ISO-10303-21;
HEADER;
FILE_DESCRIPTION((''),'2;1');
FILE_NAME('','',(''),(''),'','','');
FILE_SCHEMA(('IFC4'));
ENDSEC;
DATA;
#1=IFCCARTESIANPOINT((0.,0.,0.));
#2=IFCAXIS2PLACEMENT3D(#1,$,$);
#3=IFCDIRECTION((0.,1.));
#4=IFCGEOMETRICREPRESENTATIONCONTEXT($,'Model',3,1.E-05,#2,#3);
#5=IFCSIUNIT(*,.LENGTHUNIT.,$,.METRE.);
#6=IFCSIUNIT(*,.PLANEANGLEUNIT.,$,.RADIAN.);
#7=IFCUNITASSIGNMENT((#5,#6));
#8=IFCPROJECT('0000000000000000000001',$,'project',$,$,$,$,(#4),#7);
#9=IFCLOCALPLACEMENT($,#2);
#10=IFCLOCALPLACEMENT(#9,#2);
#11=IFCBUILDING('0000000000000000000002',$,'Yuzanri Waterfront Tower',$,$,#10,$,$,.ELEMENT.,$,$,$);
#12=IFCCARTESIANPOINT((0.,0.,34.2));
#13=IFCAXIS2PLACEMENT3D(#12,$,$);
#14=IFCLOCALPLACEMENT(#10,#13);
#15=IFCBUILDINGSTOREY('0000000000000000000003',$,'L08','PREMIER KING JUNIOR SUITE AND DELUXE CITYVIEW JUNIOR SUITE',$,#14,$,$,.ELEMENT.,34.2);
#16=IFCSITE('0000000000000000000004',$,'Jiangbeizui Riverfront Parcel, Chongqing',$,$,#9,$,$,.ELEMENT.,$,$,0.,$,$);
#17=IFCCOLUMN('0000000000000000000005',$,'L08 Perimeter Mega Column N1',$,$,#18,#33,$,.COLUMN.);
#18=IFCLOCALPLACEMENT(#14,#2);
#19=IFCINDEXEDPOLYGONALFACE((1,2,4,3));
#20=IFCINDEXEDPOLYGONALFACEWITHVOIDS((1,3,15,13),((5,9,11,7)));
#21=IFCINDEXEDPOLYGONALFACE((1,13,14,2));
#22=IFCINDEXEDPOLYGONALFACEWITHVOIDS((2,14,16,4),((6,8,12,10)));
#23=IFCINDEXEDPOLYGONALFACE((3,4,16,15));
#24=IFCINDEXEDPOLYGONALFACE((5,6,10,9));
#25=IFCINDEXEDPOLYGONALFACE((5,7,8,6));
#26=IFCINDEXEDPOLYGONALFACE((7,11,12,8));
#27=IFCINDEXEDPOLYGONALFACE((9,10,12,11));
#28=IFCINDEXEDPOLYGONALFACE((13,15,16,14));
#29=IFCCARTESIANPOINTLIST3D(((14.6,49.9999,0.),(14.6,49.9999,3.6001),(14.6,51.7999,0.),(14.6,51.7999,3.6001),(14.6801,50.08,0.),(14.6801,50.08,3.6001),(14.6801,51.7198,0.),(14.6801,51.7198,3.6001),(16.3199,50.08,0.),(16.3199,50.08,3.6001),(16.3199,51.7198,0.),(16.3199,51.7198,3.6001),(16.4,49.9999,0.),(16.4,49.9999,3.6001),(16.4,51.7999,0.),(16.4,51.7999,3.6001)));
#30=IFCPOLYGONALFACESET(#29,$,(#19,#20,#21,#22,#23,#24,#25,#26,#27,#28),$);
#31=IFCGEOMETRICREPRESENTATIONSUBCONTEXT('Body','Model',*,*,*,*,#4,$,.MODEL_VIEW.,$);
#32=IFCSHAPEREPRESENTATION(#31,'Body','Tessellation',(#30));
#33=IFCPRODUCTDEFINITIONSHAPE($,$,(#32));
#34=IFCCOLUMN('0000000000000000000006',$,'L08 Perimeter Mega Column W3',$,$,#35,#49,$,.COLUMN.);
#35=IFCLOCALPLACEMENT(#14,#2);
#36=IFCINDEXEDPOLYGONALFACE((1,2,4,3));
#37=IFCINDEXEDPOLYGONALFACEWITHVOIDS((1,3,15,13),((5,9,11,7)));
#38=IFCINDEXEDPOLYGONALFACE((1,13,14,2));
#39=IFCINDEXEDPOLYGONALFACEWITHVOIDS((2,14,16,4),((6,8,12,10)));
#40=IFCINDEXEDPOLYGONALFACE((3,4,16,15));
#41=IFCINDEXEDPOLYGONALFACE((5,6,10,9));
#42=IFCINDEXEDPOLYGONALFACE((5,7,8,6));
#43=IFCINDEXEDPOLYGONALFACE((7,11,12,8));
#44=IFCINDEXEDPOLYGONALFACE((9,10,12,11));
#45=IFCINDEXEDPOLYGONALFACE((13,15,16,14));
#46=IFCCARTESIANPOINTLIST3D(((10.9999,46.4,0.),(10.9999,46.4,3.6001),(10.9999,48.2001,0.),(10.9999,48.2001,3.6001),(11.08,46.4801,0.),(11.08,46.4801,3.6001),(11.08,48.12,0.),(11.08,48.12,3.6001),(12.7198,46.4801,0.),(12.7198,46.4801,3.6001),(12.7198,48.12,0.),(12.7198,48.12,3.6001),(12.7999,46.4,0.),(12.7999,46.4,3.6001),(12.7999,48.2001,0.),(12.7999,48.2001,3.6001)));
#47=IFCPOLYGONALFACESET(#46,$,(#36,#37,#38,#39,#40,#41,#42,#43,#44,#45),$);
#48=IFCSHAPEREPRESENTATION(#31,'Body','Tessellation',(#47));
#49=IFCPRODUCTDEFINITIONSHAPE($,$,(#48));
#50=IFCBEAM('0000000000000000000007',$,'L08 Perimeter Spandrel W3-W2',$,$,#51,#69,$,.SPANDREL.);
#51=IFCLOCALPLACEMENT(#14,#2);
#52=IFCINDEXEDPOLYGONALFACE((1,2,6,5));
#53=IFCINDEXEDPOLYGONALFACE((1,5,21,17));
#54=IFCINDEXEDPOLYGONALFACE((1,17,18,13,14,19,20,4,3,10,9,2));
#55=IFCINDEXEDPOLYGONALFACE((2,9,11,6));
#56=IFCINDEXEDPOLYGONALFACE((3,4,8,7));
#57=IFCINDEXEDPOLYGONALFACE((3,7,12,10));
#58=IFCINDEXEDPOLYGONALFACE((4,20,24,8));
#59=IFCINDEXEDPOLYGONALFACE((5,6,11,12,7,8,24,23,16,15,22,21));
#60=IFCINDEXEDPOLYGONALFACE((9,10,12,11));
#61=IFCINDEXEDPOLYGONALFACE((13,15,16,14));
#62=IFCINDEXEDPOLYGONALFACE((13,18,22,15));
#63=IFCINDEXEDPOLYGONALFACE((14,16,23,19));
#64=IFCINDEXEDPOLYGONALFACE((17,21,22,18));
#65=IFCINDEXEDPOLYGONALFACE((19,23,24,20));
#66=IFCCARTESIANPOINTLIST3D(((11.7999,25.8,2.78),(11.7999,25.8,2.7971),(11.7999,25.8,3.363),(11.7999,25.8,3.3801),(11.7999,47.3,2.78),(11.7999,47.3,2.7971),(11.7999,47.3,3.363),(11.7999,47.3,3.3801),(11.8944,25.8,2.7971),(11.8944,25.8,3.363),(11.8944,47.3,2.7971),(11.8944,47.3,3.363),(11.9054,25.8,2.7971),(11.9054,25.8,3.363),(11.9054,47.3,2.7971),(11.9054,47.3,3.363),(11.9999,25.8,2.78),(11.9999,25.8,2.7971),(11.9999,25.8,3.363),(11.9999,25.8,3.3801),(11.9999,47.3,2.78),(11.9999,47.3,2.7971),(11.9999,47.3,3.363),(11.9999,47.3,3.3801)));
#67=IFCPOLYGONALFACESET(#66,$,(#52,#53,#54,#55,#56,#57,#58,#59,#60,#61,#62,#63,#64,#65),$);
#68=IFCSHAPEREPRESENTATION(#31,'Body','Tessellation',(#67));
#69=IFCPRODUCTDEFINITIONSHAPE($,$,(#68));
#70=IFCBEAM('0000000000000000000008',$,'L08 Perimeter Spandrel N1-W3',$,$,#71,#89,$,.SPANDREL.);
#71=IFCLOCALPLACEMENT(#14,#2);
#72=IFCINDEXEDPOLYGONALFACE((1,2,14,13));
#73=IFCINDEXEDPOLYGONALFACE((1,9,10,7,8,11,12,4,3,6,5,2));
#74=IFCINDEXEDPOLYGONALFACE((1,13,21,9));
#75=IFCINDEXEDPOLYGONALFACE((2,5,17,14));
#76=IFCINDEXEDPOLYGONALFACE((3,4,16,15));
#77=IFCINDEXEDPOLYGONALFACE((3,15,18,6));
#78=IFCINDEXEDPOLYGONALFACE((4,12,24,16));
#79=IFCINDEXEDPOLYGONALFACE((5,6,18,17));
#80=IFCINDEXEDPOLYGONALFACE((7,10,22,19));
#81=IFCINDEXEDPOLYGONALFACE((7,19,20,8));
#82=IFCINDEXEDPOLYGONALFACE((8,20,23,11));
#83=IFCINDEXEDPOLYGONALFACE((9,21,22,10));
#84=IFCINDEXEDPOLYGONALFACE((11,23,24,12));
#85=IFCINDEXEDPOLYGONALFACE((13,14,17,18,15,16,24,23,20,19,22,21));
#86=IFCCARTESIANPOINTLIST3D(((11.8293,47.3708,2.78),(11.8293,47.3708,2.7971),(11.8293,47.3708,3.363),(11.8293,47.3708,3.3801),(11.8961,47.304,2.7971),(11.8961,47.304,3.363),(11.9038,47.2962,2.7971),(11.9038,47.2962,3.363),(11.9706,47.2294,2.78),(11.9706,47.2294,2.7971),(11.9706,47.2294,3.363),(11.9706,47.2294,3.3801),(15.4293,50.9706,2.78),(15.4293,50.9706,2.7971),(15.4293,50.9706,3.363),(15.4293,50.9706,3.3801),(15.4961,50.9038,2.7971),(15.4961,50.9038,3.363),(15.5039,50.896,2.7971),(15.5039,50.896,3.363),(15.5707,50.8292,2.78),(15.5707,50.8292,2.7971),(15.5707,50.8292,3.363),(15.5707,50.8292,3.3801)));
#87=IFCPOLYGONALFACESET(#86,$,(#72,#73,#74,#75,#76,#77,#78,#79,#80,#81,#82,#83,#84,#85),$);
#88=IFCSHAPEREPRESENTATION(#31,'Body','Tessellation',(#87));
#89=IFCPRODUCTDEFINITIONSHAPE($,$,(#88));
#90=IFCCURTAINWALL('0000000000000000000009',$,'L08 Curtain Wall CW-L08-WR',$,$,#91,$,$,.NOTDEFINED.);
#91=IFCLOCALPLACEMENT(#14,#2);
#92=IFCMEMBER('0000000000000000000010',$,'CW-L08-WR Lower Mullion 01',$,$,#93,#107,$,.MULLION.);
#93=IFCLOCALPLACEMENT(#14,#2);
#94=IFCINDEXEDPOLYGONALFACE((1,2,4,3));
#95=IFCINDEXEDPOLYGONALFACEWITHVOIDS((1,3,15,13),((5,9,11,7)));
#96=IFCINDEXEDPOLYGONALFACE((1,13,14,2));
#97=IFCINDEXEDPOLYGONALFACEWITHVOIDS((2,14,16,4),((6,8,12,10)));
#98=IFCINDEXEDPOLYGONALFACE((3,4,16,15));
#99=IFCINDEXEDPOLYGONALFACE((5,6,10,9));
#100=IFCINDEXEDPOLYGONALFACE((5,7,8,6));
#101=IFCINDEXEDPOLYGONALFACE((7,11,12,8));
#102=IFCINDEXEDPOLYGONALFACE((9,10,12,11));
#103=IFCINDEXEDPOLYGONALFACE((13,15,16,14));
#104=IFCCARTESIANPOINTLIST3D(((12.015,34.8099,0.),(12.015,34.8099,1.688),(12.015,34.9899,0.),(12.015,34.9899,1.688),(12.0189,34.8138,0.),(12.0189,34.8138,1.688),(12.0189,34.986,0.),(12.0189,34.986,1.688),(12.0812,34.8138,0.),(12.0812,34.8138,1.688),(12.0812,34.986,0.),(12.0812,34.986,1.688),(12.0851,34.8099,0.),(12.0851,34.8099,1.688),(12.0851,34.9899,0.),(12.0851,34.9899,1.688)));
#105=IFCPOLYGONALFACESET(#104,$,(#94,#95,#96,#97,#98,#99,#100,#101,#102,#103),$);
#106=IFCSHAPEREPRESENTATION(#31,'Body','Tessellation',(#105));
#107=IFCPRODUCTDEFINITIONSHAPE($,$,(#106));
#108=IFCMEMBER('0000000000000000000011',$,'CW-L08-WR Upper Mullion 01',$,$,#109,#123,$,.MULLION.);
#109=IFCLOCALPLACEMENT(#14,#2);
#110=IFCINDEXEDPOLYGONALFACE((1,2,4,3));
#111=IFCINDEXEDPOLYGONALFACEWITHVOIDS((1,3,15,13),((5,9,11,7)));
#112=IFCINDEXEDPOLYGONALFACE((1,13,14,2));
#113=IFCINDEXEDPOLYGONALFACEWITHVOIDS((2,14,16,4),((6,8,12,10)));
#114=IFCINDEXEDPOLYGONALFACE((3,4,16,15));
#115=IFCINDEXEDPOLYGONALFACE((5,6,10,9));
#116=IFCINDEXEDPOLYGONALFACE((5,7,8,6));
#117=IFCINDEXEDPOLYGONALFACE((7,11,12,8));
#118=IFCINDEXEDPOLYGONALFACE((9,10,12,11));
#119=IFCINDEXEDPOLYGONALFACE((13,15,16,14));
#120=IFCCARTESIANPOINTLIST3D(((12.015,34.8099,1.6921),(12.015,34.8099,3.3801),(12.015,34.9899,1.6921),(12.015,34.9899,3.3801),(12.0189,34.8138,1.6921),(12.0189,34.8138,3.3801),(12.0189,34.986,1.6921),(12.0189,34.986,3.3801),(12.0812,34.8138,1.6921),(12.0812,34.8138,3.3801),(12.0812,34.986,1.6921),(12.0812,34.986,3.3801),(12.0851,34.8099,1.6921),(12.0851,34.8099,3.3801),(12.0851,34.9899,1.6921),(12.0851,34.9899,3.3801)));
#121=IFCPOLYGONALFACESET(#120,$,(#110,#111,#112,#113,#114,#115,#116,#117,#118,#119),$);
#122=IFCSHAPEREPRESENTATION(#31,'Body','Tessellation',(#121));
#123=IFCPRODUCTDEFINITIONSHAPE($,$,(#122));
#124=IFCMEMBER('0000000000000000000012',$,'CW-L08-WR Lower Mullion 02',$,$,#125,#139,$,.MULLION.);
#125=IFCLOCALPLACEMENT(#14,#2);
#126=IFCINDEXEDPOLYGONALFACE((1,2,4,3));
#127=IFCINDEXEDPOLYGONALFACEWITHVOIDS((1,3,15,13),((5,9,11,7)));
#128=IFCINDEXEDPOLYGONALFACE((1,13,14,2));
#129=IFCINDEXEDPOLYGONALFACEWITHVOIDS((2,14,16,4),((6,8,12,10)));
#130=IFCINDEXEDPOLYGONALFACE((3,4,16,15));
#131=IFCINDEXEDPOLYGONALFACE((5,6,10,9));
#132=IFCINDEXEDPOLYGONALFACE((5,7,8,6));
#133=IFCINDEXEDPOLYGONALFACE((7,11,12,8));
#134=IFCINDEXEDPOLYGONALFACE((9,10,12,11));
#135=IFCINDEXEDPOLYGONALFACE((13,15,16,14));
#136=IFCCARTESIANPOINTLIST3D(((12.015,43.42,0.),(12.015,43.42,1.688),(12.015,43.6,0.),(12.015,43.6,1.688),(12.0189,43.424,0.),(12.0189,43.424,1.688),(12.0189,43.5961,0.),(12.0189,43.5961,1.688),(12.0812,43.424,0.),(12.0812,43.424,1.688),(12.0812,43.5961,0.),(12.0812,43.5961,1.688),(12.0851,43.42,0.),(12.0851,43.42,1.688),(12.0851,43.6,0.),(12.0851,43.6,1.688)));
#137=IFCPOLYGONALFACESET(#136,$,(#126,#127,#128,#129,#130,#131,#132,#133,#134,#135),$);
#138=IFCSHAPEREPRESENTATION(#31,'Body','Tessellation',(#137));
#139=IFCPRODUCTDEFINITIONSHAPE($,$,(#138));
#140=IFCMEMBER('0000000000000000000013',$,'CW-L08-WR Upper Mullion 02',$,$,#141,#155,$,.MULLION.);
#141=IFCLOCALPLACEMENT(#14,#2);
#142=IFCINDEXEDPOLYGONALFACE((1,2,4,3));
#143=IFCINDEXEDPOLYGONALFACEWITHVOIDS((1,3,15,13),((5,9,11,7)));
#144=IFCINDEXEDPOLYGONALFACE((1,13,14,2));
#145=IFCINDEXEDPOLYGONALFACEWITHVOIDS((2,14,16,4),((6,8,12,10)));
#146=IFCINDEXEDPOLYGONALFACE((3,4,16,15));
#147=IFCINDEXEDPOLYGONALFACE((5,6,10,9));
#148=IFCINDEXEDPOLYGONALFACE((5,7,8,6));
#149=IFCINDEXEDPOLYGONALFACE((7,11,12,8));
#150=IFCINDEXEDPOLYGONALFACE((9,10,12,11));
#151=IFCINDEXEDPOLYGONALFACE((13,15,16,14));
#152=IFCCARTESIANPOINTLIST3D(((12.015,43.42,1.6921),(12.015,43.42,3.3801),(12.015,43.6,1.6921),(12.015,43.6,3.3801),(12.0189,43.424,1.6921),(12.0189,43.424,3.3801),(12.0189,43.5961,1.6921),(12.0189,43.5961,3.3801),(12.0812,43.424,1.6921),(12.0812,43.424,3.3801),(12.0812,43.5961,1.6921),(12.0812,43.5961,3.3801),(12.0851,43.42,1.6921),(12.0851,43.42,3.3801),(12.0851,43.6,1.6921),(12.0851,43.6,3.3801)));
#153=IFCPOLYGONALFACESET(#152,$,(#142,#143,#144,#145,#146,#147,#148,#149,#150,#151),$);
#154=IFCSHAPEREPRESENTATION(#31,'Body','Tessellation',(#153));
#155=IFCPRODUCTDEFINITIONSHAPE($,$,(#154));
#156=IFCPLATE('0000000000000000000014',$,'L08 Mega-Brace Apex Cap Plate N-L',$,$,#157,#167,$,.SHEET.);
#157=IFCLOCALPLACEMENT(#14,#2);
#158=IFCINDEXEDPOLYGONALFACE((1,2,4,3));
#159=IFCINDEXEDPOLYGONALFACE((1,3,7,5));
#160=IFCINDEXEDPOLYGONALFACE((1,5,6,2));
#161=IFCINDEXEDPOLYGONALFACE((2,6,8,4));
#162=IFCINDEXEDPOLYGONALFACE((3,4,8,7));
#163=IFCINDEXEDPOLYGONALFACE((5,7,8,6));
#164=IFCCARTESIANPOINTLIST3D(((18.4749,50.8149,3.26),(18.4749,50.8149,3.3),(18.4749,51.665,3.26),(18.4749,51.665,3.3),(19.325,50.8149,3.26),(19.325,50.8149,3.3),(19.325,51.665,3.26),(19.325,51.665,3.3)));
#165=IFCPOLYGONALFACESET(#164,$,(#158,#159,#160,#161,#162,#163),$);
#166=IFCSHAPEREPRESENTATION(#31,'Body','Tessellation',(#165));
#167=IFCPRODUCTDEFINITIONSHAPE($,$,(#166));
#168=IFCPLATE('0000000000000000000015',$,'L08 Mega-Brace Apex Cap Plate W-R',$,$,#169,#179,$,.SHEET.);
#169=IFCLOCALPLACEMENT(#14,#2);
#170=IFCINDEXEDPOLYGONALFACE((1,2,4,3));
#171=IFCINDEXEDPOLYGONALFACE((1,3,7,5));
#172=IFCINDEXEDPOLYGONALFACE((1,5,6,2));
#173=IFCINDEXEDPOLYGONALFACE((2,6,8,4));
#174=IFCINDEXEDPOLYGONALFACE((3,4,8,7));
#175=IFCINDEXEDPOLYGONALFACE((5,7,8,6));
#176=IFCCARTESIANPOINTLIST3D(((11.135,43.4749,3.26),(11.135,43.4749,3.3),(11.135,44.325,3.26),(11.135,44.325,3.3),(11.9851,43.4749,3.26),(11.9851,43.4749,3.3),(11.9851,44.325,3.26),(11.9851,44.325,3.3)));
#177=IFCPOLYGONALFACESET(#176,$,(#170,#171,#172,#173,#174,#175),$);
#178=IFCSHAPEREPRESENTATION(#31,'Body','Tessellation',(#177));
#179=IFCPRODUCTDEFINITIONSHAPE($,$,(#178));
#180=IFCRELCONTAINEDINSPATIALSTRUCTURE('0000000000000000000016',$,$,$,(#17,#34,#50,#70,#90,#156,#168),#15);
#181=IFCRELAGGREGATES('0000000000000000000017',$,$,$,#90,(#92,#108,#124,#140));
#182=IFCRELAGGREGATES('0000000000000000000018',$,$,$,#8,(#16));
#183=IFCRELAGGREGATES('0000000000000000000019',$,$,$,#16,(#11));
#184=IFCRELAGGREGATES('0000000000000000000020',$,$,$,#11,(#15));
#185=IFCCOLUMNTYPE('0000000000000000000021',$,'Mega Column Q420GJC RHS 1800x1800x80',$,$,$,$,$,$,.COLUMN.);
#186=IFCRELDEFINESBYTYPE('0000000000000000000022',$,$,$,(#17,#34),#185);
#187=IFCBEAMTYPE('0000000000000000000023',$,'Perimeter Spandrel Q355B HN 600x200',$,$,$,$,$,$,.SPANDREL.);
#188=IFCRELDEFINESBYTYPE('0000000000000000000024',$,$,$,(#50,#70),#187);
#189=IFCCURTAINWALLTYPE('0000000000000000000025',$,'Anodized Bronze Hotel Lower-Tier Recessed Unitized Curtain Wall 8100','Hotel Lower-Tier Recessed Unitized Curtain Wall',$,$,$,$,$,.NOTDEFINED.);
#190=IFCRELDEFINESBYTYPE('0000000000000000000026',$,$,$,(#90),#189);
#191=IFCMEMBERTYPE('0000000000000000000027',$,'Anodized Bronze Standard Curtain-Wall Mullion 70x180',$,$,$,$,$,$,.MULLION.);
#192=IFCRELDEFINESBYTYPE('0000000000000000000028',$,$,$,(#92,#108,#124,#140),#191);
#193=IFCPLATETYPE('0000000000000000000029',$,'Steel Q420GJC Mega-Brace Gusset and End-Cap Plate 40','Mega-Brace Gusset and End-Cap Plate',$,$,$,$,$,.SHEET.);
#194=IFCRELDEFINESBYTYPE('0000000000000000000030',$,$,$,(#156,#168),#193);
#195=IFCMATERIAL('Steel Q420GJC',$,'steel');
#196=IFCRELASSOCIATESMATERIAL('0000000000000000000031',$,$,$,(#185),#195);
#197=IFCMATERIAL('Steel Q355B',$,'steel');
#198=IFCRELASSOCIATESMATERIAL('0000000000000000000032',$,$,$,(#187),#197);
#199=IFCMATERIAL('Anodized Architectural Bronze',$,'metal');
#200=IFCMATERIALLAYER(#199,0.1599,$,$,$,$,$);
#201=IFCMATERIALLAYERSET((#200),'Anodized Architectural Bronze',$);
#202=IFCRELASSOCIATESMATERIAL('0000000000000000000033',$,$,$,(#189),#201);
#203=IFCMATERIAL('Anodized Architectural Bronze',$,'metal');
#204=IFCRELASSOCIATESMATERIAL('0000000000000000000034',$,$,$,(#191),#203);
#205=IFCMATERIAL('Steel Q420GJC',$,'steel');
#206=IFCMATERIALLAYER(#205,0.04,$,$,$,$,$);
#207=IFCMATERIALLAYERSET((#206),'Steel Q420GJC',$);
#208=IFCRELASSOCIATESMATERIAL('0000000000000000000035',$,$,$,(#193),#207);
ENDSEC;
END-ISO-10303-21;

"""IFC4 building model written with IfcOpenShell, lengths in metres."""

from ifc_helpers import new_model, si_unit, direction, frame, origin, origin_2d, place, context, subcontext, project, spatial, rectangle, hollow_rectangle, i_section, extrude, source, transform, mapped, material, layer, layer_set, material_profile, profile_set, type_object, element, aggregate, save


model = new_model("IFC4")

# Units and contexts
model_context = context("Model", 3, precision=1e-05, world=origin(), true_north=direction((0.0, 1.0)))
body_context = subcontext(model_context, "Body", "Model", "MODEL_VIEW")
ifc_project = project(units=[si_unit("LENGTHUNIT", "METRE"), si_unit("PLANEANGLEUNIT", "RADIAN")], contexts=[model_context])

# Site, building, storey
site_placement = place(None, origin())
site = spatial("IfcSite", under=ifc_project, at=site_placement, Name="Jiangbeizui Riverfront Parcel, Chongqing", CompositionType="ELEMENT", RefElevation=0.0)
building_placement = place(site_placement, origin())
building = spatial("IfcBuilding", under=site, at=building_placement, Name="Yuzanri Waterfront Tower", CompositionType="ELEMENT")
storey_placement = place(building_placement, frame((0.0, 0.0, 34.2)))
storey = spatial("IfcBuildingStorey", under=building, at=storey_placement, Name="L08", Description="PREMIER KING JUNIOR SUITE AND DELUXE CITYVIEW JUNIOR SUITE", CompositionType="ELEMENT", Elevation=34.2)

# Columns
ifc_material_1 = material(Name="Steel Q420GJC", Category="steel")
ifc_material_profile_1 = material_profile(ifc_material_1, hollow_rectangle(XDim=1.8, YDim=1.8, WallThickness=0.0801, at=origin_2d()), Name="RHS 1800x1800x80")
ifc_profile_set_1 = profile_set([ifc_material_profile_1], Name="Steel Q420GJC")
column_type = type_object("IfcColumnType", Name="Mega Column Q420GJC RHS 1800x1800x80", PredefinedType="COLUMN", material=ifc_profile_set_1)
shared_shape_1 = source(origin(), body_context, "Body", "SweptSolid", [
    extrude(hollow_rectangle(XDim=1.8, YDim=1.8, WallThickness=0.0801, at=origin_2d()), origin(), (0.0, 0.0, 1.0), 3.6001),
])
for number, where, z_axis, x_axis, name in (
    (1, (15.5, 50.8999, 0.0), (0.0, 0.0, 1.0), (1.0, 0.0, 0.0), "L08 Perimeter Mega Column N1"),
    (2, (11.8999, 47.3, 0.0), (0.0, 0.0, 1.0), (1.0, 0.0, 0.0), "L08 Perimeter Mega Column W3"),
):
    element("IfcColumn", number, at=place(storey_placement, frame(where, z_axis=z_axis, x_axis=x_axis)), inside=storey, type_object=column_type, Name=name, PredefinedType="COLUMN", context=body_context, shape_type="MappedRepresentation", body=[
        mapped(shared_shape_1, transform((0.0, 0.0, 0.0), scale=1.0)),
    ])

# Beams
ifc_material_2 = material(Name="Steel Q355B", Category="steel")
ifc_material_profile_2 = material_profile(ifc_material_2, i_section(OverallWidth=0.2, OverallDepth=0.6001, WebThickness=0.011, FlangeThickness=0.0171, at=origin_2d()), Name="HN 600x200x11x17")
ifc_profile_set_2 = profile_set([ifc_material_profile_2], Name="Steel Q355B")
beam_type = type_object("IfcBeamType", Name="Perimeter Spandrel Q355B HN 600x200", PredefinedType="SPANDREL", material=ifc_profile_set_2)
shared_shape_2 = source(origin(), body_context, "Body", "SweptSolid", [
    extrude(i_section(OverallWidth=0.2, OverallDepth=0.6001, WebThickness=0.011, FlangeThickness=0.0171, at=origin_2d()), origin(), (0.0, 0.0, 1.0), 21.5),
])
beam_1_placement = place(storey_placement, frame((11.8999, 47.3, 3.0801), z_axis=(0.0, -1.0, 0.0), x_axis=(1.0, 0.0, 0.0)))
element("IfcBeam", 3, at=beam_1_placement, inside=storey, type_object=beam_type, Name="L08 Perimeter Spandrel W3-W2", PredefinedType="SPANDREL", context=body_context, shape_type="MappedRepresentation", body=[
    mapped(shared_shape_2, transform((0.0, 0.0, 0.0), scale=1.0)),
])
shared_shape_3 = source(origin(), body_context, "Body", "SweptSolid", [
    extrude(i_section(OverallWidth=0.2, OverallDepth=0.6001, WebThickness=0.011, FlangeThickness=0.0171, at=origin_2d()), origin(), (0.0, 0.0, 1.0), 5.0911),
])
beam_2_placement = place(storey_placement, frame((15.5, 50.8999, 3.0801), z_axis=(-0.707131, -0.707083, 0.0), x_axis=(0.707083, -0.707131, 0.0)))
element("IfcBeam", 4, at=beam_2_placement, inside=storey, type_object=beam_type, Name="L08 Perimeter Spandrel N1-W3", PredefinedType="SPANDREL", context=body_context, shape_type="MappedRepresentation", body=[
    mapped(shared_shape_3, transform((0.0, 0.0, 0.0), scale=1.0)),
])

# Curtain wall, members
ifc_material_3 = material(Name="Anodized Architectural Bronze", Category="metal")
ifc_layer_1 = layer(ifc_material_3, 0.1599)
ifc_layer_set_1 = layer_set([ifc_layer_1], Name="Anodized Architectural Bronze")
curtain_wall_type = type_object("IfcCurtainWallType", Name="Anodized Bronze Hotel Lower-Tier Recessed Unitized Curtain Wall 8100", Description="Hotel Lower-Tier Recessed Unitized Curtain Wall", PredefinedType="NOTDEFINED", material=ifc_layer_set_1)
curtain_wall_placement = place(storey_placement, origin())
curtain_wall = element("IfcCurtainWall", 5, at=curtain_wall_placement, inside=storey, type_object=curtain_wall_type, Name="L08 Curtain Wall CW-L08-WR", PredefinedType="NOTDEFINED")
ifc_material_4 = material(Name="Anodized Architectural Bronze", Category="metal")
ifc_material_profile_3 = material_profile(ifc_material_4, hollow_rectangle(XDim=0.0701, YDim=0.1799, WallThickness=0.0039, at=origin_2d()), Name="CWM 70x180")
ifc_profile_set_3 = profile_set([ifc_material_profile_3], Name="Anodized Architectural Bronze")
member_type = type_object("IfcMemberType", Name="Anodized Bronze Standard Curtain-Wall Mullion 70x180", PredefinedType="MULLION", material=ifc_profile_set_3)
shared_shape_4 = source(origin(), body_context, "Body", "SweptSolid", [
    extrude(hollow_rectangle(XDim=0.0701, YDim=0.1799, WallThickness=0.0039, at=origin_2d()), origin(), (0.0, 0.0, 1.0), 1.688),
])
member_1_placement = place(storey_placement, frame((12.05, 34.8999, 0.0), z_axis=(0.0, 0.0, 1.0), x_axis=(1.0, 0.0, 0.0)))
member_1 = element("IfcMember", 6, at=member_1_placement, type_object=member_type, Name="CW-L08-WR Lower Mullion 01", PredefinedType="MULLION", context=body_context, shape_type="MappedRepresentation", body=[
    mapped(shared_shape_4, transform((0.0, 0.0, 0.0), scale=1.0)),
])
member_2_placement = place(storey_placement, frame((12.05, 34.8999, 1.6921), z_axis=(0.0, 0.0, 1.0), x_axis=(1.0, 0.0, 0.0)))
member_2 = element("IfcMember", 7, at=member_2_placement, type_object=member_type, Name="CW-L08-WR Upper Mullion 01", PredefinedType="MULLION", context=body_context, shape_type="MappedRepresentation", body=[
    mapped(shared_shape_4, transform((0.0, 0.0, 0.0), scale=1.0)),
])
member_3_placement = place(storey_placement, frame((12.05, 43.51, 0.0), z_axis=(0.0, 0.0, 1.0), x_axis=(1.0, 0.0, 0.0)))
member_3 = element("IfcMember", 8, at=member_3_placement, type_object=member_type, Name="CW-L08-WR Lower Mullion 02", PredefinedType="MULLION", context=body_context, shape_type="MappedRepresentation", body=[
    mapped(shared_shape_4, transform((0.0, 0.0, 0.0), scale=1.0)),
])
member_4_placement = place(storey_placement, frame((12.05, 43.51, 1.6921), z_axis=(0.0, 0.0, 1.0), x_axis=(1.0, 0.0, 0.0)))
member_4 = element("IfcMember", 9, at=member_4_placement, type_object=member_type, Name="CW-L08-WR Upper Mullion 02", PredefinedType="MULLION", context=body_context, shape_type="MappedRepresentation", body=[
    mapped(shared_shape_4, transform((0.0, 0.0, 0.0), scale=1.0)),
])

# Plates
ifc_material_5 = material(Name="Steel Q420GJC", Category="steel")
ifc_layer_2 = layer(ifc_material_5, 0.04)
ifc_layer_set_2 = layer_set([ifc_layer_2], Name="Steel Q420GJC")
plate_type_1 = type_object("IfcPlateType", Name="Steel Q420GJC Mega-Brace Gusset and End-Cap Plate 40", Description="Mega-Brace Gusset and End-Cap Plate", PredefinedType="SHEET", material=ifc_layer_set_2)
shared_shape_5 = source(origin(), body_context, "Body", "SweptSolid", [
    extrude(rectangle(XDim=0.8501, YDim=0.8501, at=origin_2d()), origin(), (0.0, 0.0, 1.0), 0.04),
])
for number, where, z_axis, x_axis, name in (
    (10, (18.8999, 51.24, 3.26), (0.0, 0.0, 1.0), (1.0, 0.0, 0.0), "L08 Mega-Brace Apex Cap Plate N-L"),
    (11, (11.5601, 43.8999, 3.26), (0.0, 0.0, 1.0), (1.0, 0.0, 0.0), "L08 Mega-Brace Apex Cap Plate W-R"),
):
    element("IfcPlate", number, at=place(storey_placement, frame(where, z_axis=z_axis, x_axis=x_axis)), inside=storey, type_object=plate_type_1, Name=name, PredefinedType="SHEET", context=body_context, shape_type="MappedRepresentation", body=[
        mapped(shared_shape_5, transform((0.0, 0.0, 0.0), scale=1.0)),
    ])

aggregate(curtain_wall, [member_1, member_2, member_3, member_4])

save(model, "model.ifc")
